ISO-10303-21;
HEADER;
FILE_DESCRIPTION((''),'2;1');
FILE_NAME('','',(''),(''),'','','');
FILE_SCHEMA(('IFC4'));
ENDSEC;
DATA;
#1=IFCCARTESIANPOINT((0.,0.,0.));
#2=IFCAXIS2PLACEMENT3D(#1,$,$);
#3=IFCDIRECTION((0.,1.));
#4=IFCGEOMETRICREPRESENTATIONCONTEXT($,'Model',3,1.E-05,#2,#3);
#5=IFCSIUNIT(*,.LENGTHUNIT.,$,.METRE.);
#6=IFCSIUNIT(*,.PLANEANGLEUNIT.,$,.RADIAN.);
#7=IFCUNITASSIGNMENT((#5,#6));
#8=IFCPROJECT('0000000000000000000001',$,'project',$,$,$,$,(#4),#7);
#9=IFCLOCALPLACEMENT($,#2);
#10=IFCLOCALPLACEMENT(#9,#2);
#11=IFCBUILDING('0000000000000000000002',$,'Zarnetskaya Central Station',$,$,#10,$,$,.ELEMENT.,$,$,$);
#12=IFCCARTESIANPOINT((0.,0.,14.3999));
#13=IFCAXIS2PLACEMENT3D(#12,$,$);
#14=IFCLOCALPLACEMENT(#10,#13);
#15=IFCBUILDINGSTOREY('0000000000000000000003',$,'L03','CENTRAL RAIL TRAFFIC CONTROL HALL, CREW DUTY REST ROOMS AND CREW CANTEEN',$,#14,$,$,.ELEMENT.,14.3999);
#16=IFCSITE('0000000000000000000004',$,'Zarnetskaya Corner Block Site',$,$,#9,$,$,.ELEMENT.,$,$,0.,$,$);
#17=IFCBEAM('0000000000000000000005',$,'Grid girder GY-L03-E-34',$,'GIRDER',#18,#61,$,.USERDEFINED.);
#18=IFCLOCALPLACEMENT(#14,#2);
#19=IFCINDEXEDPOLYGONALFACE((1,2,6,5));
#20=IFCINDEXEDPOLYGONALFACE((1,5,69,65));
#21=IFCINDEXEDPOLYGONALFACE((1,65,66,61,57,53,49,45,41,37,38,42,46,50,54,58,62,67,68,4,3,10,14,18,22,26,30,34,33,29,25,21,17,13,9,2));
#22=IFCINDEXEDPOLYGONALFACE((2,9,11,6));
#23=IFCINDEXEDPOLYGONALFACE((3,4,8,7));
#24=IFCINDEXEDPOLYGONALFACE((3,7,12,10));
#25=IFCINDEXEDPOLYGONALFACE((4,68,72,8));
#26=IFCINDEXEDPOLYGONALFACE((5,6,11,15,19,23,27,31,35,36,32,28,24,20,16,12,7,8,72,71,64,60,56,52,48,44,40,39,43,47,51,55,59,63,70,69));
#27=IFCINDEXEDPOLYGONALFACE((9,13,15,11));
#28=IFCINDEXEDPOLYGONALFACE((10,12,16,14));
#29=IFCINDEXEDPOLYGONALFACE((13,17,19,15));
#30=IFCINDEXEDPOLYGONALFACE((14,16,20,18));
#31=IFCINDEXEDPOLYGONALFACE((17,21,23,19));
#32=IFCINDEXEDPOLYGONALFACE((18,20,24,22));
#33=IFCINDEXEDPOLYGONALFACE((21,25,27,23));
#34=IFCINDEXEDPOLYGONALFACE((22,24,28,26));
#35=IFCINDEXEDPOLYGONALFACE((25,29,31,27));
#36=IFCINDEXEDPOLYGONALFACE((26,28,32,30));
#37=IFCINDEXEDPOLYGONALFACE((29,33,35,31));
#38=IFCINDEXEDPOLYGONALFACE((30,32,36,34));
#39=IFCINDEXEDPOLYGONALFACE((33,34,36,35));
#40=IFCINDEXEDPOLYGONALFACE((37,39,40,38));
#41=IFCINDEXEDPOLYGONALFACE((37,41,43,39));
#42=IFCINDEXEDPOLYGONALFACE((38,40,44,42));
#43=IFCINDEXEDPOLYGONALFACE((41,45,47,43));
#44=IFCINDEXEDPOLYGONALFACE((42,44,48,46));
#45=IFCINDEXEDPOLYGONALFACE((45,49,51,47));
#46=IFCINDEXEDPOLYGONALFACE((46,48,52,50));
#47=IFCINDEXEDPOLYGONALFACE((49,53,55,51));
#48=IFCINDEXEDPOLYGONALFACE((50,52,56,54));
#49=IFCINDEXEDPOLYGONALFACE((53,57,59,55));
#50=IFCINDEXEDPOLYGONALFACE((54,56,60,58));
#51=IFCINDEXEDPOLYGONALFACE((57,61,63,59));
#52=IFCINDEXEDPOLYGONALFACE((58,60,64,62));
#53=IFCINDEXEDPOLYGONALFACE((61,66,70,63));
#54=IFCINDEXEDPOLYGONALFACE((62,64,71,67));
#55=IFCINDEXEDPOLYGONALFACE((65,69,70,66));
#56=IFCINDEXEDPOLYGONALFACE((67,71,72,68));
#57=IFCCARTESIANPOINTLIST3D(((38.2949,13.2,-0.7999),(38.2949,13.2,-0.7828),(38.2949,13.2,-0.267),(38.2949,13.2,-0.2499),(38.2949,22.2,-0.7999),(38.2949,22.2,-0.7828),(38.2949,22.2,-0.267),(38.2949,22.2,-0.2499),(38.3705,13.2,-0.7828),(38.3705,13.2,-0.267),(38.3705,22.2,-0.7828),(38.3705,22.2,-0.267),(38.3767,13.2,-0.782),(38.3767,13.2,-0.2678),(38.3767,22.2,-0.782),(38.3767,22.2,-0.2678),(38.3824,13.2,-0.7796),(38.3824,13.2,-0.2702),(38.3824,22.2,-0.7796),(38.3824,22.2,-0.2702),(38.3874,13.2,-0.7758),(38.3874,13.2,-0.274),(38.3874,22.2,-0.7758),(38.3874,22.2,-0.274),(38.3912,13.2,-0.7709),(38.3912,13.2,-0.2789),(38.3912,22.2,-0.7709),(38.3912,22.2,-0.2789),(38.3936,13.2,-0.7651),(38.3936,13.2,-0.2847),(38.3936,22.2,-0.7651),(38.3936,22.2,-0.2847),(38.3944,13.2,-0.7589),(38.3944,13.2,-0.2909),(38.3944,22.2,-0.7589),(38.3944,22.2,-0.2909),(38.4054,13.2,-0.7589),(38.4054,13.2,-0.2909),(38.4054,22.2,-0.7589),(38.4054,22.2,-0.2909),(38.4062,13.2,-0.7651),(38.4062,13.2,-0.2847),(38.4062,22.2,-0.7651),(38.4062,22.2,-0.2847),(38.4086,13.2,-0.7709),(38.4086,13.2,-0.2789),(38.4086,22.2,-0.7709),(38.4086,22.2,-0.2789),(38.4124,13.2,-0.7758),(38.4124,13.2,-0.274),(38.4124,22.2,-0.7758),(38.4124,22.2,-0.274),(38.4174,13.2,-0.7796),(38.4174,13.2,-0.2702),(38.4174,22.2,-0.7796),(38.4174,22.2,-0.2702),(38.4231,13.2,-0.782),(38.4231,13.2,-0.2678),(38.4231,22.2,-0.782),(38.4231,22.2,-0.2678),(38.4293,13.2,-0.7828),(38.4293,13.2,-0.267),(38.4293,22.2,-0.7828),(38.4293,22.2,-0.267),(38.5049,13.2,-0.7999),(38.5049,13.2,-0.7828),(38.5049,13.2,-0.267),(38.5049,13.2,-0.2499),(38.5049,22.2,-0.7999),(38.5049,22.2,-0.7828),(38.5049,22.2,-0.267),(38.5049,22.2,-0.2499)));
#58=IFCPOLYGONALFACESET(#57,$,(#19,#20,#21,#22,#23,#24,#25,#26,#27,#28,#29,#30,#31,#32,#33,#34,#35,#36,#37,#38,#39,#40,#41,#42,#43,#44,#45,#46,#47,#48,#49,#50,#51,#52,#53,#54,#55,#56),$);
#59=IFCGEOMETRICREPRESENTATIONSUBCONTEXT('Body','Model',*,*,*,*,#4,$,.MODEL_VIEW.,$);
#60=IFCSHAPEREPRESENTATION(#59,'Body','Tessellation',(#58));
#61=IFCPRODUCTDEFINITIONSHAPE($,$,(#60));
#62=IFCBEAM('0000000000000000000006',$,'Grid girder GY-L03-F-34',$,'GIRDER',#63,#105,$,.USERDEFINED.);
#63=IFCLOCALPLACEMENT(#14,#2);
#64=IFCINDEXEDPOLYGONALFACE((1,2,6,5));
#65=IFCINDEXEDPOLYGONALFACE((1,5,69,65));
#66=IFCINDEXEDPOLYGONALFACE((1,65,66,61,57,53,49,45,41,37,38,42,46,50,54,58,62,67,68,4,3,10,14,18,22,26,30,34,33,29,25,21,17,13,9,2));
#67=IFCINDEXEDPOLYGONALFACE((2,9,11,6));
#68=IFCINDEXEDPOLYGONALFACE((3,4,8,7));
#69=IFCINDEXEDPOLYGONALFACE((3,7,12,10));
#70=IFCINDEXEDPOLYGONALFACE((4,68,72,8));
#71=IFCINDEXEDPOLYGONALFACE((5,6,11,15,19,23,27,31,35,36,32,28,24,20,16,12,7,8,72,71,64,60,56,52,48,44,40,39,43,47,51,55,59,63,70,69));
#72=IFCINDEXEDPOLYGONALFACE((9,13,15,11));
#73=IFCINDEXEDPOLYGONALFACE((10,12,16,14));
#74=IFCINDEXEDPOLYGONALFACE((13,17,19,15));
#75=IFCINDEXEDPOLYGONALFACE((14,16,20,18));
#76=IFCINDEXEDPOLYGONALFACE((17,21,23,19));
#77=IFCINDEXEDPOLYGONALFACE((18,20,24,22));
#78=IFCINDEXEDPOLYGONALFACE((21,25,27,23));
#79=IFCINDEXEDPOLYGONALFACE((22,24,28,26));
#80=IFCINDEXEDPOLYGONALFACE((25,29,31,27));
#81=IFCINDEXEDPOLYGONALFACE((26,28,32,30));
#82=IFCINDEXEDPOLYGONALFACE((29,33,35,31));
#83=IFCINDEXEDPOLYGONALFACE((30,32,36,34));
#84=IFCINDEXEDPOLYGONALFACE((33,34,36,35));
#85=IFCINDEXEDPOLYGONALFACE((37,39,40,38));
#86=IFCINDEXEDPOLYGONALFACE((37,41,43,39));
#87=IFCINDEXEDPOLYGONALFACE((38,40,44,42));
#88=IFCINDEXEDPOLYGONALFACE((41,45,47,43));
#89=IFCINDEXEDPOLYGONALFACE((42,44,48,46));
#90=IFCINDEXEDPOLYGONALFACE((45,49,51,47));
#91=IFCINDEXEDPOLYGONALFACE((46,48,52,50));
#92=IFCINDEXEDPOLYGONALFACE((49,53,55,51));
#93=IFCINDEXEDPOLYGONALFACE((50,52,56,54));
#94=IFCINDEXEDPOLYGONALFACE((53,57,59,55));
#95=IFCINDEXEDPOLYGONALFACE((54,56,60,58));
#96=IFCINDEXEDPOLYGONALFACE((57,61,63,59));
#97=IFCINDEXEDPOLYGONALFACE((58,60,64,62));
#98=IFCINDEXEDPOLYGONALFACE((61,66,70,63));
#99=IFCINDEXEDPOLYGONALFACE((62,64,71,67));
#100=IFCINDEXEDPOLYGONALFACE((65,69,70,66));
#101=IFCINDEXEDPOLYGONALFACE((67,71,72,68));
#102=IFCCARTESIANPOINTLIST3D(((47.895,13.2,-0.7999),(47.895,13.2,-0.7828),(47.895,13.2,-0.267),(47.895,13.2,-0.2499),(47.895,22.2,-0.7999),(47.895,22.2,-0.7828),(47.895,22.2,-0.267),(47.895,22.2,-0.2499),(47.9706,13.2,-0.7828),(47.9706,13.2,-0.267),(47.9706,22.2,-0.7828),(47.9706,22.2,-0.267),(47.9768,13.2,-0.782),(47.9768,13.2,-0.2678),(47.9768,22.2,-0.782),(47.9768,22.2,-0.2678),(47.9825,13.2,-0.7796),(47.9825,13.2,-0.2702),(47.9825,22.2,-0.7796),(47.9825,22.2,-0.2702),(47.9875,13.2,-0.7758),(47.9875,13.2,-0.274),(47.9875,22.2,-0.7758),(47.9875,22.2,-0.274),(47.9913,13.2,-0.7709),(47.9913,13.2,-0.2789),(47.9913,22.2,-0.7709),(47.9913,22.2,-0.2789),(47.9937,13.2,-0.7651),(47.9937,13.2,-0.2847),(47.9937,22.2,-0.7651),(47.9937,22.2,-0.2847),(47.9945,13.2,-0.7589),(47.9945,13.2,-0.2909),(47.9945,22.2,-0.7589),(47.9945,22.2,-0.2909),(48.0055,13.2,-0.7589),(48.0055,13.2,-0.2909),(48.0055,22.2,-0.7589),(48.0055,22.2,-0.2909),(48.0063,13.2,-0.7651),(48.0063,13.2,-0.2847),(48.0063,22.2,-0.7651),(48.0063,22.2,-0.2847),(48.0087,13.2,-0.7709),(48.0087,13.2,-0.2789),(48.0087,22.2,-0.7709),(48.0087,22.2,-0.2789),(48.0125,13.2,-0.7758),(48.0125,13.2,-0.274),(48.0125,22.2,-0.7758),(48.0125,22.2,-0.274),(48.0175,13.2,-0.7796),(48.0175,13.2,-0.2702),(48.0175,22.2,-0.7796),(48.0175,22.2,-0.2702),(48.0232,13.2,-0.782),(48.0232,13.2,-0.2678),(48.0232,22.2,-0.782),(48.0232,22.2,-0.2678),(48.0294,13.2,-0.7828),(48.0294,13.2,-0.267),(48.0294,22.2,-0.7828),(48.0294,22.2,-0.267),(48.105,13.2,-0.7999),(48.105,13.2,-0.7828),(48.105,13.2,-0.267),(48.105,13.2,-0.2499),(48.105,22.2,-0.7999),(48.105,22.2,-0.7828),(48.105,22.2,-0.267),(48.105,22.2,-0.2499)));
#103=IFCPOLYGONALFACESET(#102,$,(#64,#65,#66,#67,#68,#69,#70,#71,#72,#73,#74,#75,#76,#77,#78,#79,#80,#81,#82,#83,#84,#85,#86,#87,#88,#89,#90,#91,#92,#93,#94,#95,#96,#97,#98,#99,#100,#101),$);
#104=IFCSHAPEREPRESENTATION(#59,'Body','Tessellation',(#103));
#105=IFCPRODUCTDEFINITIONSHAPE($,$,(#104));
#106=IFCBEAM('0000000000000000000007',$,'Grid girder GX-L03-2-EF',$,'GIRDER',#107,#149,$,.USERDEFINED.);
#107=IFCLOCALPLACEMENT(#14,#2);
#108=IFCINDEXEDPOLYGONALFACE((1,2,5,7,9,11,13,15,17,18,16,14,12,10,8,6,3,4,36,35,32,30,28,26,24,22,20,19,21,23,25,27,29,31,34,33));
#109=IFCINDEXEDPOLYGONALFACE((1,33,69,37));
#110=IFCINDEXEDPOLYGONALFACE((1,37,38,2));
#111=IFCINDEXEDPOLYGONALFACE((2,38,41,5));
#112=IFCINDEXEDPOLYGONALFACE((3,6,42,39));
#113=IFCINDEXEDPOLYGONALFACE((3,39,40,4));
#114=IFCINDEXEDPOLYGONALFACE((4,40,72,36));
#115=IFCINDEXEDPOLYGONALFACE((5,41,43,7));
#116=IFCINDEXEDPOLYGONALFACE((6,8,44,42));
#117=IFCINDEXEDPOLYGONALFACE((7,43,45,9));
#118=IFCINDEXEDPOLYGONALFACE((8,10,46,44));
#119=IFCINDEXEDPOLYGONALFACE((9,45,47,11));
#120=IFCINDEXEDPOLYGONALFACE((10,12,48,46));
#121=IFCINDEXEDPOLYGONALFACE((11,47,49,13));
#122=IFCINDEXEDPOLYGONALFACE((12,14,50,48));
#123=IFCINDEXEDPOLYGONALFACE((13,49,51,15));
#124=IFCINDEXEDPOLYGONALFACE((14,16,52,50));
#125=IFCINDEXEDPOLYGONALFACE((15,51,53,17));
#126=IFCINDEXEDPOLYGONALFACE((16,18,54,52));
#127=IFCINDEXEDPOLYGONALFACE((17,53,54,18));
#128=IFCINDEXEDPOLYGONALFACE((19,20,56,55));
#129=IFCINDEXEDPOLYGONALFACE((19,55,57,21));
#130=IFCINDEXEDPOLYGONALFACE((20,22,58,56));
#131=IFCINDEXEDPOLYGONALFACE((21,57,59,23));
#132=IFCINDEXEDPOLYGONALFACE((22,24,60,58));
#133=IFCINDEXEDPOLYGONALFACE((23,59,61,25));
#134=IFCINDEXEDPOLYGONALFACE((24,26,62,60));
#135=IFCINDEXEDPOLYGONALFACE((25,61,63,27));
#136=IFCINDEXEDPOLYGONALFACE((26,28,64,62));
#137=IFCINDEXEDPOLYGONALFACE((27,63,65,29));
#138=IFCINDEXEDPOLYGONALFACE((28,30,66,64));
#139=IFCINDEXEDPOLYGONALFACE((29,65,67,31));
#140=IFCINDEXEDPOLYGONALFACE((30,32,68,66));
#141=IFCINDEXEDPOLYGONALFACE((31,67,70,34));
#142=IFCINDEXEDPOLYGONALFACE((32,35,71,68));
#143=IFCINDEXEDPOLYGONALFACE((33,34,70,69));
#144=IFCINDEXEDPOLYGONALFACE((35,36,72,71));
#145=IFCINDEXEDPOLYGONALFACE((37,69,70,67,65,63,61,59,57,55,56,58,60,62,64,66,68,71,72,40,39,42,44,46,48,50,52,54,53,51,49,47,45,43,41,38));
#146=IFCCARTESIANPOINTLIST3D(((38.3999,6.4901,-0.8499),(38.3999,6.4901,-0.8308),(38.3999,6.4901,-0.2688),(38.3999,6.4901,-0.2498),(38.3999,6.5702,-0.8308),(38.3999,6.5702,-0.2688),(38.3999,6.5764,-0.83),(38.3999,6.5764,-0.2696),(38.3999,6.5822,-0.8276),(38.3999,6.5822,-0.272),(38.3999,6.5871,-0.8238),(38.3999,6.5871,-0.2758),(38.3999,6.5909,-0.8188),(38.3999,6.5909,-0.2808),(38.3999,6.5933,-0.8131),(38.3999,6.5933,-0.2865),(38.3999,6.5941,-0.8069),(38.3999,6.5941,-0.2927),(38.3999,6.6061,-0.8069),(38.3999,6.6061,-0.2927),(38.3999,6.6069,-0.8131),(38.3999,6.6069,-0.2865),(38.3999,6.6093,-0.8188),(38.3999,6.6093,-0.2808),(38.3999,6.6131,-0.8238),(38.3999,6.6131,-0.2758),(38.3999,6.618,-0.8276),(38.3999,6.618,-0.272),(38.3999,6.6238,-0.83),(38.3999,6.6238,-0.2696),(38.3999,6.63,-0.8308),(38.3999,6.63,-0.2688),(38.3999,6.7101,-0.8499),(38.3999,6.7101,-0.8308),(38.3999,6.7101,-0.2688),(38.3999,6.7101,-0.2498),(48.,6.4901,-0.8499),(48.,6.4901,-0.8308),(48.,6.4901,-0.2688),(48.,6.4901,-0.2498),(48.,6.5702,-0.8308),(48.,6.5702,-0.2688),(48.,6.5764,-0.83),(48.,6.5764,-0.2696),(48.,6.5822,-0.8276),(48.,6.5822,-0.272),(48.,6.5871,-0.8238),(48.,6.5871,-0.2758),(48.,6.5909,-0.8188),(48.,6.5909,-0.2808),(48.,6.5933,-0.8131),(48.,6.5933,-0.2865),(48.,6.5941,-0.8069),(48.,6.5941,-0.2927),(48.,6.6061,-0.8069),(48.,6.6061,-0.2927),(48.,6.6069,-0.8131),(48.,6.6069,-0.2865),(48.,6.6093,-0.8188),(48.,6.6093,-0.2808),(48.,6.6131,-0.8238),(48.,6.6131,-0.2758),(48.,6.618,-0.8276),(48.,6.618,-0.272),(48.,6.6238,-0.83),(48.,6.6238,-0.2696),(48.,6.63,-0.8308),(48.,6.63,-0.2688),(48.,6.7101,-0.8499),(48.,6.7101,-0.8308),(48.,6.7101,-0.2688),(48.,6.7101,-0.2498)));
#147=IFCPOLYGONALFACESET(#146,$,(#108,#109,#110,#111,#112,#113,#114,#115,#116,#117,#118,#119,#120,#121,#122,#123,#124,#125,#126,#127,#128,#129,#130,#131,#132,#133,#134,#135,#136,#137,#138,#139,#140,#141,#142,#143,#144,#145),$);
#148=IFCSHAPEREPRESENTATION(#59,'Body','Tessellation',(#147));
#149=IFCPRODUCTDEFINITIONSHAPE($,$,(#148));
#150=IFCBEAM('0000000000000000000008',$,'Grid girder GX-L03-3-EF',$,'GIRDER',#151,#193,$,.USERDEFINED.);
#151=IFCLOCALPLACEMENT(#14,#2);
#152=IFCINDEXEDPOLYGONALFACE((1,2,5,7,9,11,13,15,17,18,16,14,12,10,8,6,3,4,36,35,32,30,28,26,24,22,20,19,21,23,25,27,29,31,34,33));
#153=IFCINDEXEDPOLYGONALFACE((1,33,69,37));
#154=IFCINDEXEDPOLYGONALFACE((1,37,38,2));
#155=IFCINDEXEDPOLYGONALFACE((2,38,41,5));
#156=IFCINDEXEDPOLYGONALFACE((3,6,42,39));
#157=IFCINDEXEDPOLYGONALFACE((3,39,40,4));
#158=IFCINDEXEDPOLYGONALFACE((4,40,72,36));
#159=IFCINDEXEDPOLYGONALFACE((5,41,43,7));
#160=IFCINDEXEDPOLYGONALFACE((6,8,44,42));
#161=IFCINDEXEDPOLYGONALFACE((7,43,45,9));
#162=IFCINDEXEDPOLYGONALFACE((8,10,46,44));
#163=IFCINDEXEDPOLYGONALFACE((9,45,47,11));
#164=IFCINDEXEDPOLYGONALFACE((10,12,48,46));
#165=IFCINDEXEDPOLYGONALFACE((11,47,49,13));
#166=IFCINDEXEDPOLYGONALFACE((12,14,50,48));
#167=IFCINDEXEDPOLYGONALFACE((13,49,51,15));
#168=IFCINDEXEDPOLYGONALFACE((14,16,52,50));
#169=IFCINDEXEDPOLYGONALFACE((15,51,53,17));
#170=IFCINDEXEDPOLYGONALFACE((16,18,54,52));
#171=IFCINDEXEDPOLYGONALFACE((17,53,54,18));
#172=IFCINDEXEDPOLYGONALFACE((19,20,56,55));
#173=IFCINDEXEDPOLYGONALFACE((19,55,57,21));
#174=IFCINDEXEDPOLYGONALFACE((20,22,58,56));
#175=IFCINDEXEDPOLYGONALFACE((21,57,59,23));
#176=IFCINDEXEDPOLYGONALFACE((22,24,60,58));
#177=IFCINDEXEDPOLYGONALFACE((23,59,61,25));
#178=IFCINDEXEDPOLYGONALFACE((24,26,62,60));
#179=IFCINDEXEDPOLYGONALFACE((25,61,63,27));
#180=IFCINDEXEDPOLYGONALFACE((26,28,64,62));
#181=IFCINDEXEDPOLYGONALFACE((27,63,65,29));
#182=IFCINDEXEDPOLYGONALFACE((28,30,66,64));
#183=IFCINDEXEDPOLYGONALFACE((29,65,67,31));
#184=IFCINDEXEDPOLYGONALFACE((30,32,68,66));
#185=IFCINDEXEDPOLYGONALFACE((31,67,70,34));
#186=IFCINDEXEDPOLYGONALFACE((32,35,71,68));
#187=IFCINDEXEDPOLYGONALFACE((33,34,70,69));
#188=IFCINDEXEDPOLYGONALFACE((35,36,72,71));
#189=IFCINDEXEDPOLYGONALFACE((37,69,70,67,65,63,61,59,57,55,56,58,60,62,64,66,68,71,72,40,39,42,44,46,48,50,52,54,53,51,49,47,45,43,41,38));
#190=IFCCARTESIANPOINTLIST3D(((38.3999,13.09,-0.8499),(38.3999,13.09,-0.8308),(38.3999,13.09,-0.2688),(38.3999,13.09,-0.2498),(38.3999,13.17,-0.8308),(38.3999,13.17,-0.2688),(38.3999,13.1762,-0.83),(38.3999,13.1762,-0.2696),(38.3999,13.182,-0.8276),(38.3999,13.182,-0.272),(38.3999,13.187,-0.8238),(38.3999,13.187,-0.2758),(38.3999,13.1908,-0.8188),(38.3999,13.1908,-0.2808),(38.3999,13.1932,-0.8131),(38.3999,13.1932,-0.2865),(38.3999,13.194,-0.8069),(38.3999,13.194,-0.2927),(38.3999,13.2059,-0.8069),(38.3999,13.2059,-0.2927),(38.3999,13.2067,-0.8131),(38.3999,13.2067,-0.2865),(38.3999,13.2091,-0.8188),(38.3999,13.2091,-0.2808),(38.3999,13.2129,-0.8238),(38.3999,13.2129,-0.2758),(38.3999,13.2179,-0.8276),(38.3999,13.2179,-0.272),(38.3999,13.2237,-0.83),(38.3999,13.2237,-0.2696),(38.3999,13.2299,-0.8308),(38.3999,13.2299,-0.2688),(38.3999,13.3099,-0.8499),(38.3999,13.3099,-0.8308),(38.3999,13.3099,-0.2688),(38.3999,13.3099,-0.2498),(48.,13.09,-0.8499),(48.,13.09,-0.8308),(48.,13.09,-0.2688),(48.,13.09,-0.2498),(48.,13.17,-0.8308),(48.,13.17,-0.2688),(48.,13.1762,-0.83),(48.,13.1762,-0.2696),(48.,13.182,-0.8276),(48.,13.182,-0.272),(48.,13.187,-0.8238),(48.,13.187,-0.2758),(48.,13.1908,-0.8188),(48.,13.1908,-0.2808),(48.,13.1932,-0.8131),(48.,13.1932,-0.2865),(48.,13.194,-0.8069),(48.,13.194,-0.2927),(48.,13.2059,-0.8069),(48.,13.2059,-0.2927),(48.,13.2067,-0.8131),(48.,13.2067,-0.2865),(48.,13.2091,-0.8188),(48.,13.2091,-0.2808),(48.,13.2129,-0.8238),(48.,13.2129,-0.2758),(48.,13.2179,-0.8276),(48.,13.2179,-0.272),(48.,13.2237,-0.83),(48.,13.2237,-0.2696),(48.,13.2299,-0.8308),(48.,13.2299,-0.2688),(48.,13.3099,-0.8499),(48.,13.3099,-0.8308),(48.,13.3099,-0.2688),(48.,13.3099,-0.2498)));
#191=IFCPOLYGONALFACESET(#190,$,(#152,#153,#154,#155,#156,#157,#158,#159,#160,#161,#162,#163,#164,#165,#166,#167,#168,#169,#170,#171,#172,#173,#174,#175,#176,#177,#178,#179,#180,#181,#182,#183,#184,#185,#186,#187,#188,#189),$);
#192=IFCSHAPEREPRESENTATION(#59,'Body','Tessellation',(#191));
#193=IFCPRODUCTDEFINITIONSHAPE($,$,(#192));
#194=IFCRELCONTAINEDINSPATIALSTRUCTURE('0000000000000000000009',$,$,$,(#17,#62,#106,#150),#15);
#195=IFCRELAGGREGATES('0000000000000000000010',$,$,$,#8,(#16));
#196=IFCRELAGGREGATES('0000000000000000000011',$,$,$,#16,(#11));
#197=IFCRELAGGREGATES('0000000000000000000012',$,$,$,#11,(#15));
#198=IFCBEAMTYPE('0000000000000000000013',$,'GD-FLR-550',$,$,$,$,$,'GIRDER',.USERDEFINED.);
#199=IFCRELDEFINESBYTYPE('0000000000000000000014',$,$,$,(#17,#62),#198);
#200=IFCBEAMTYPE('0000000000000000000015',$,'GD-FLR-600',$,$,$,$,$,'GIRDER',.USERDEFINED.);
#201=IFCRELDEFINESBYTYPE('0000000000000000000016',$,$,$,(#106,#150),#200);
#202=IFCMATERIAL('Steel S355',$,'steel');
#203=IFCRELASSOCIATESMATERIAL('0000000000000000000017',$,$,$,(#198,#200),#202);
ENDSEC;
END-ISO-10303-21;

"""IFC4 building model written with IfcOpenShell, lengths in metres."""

from ifc_helpers import new_model, si_unit, direction, frame, origin, origin_2d, place, context, subcontext, project, spatial, i_section, extrude, material, material_profile, profile_set, type_object, element, save


model = new_model("IFC4")

# Units and contexts
model_context = context("Model", 3, precision=1e-05, world=origin(), true_north=direction((0.0, 1.0)))
body_context = subcontext(model_context, "Body", "Model", "MODEL_VIEW")
ifc_project = project(units=[si_unit("LENGTHUNIT", "METRE"), si_unit("PLANEANGLEUNIT", "RADIAN")], contexts=[model_context])

# Site, building, storey
site_placement = place(None, origin())
site = spatial("IfcSite", under=ifc_project, at=site_placement, Name="Zarnetskaya Corner Block Site", CompositionType="ELEMENT", RefElevation=0.0)
building_placement = place(site_placement, origin())
building = spatial("IfcBuilding", under=site, at=building_placement, Name="Zarnetskaya Central Station", CompositionType="ELEMENT")
storey_placement = place(building_placement, frame((0.0, 0.0, 14.3999)))
storey = spatial("IfcBuildingStorey", under=building, at=storey_placement, Name="L03", Description="CENTRAL RAIL TRAFFIC CONTROL HALL, CREW DUTY REST ROOMS AND CREW CANTEEN", CompositionType="ELEMENT", Elevation=14.3999)

# Shared definitions
ifc_material_1 = material(Name="Steel S355", Category="steel")

# Beams
ifc_material_profile_1 = material_profile(ifc_material_1, i_section(OverallWidth=0.21, OverallDepth=0.55, WebThickness=0.011, FlangeThickness=0.0171, FilletRadius=0.0239, at=origin_2d()), Name="IPE 550")
ifc_profile_set_1 = profile_set([ifc_material_profile_1], Name="Steel S355")
beam_type_1 = type_object("IfcBeamType", Name="GD-FLR-550", ElementType="GIRDER", PredefinedType="USERDEFINED", material=ifc_profile_set_1)
for number, where, z_axis, x_axis, name in (
    (1, (38.3999, 13.2, -0.5249), (0.0, 1.0, 0.0), (-1.0, 0.0, 0.0), "Grid girder GY-L03-E-34"),
    (2, (48.0, 13.2, -0.5249), (0.0, 1.0, 0.0), (-1.0, 0.0, 0.0), "Grid girder GY-L03-F-34"),
):
    element("IfcBeam", number, at=place(storey_placement, frame(where, z_axis=z_axis, x_axis=x_axis)), inside=storey, type_object=beam_type_1, Name=name, ObjectType="GIRDER", PredefinedType="USERDEFINED", context=body_context, shape_type="SweptSolid", body=[
        extrude(i_section(OverallWidth=0.21, OverallDepth=0.55, WebThickness=0.011, FlangeThickness=0.0171, FilletRadius=0.0239, at=origin_2d()), origin(), (0.0, 0.0, 1.0), 9.0),
    ])
ifc_material_profile_2 = material_profile(ifc_material_1, i_section(OverallWidth=0.22, OverallDepth=0.6001, WebThickness=0.012, FlangeThickness=0.019, FilletRadius=0.0239, at=origin_2d()), Name="IPE 600")
ifc_profile_set_2 = profile_set([ifc_material_profile_2], Name="Steel S355")
beam_type_2 = type_object("IfcBeamType", Name="GD-FLR-600", ElementType="GIRDER", PredefinedType="USERDEFINED", material=ifc_profile_set_2)
for number, where, z_axis, x_axis, name in (
    (3, (38.3999, 6.6001, -0.5498), (1.0, 0.0, 0.0), (0.0, 1.0, 0.0), "Grid girder GX-L03-2-EF"),
    (4, (38.3999, 13.2, -0.5498), (1.0, 0.0, 0.0), (0.0, 1.0, 0.0), "Grid girder GX-L03-3-EF"),
):
    element("IfcBeam", number, at=place(storey_placement, frame(where, z_axis=z_axis, x_axis=x_axis)), inside=storey, type_object=beam_type_2, Name=name, ObjectType="GIRDER", PredefinedType="USERDEFINED", context=body_context, shape_type="SweptSolid", body=[
        extrude(i_section(OverallWidth=0.22, OverallDepth=0.6001, WebThickness=0.012, FlangeThickness=0.019, FilletRadius=0.0239, at=origin_2d()), origin(), (0.0, 0.0, 1.0), 9.6001),
    ])

save(model, "model.ifc")
